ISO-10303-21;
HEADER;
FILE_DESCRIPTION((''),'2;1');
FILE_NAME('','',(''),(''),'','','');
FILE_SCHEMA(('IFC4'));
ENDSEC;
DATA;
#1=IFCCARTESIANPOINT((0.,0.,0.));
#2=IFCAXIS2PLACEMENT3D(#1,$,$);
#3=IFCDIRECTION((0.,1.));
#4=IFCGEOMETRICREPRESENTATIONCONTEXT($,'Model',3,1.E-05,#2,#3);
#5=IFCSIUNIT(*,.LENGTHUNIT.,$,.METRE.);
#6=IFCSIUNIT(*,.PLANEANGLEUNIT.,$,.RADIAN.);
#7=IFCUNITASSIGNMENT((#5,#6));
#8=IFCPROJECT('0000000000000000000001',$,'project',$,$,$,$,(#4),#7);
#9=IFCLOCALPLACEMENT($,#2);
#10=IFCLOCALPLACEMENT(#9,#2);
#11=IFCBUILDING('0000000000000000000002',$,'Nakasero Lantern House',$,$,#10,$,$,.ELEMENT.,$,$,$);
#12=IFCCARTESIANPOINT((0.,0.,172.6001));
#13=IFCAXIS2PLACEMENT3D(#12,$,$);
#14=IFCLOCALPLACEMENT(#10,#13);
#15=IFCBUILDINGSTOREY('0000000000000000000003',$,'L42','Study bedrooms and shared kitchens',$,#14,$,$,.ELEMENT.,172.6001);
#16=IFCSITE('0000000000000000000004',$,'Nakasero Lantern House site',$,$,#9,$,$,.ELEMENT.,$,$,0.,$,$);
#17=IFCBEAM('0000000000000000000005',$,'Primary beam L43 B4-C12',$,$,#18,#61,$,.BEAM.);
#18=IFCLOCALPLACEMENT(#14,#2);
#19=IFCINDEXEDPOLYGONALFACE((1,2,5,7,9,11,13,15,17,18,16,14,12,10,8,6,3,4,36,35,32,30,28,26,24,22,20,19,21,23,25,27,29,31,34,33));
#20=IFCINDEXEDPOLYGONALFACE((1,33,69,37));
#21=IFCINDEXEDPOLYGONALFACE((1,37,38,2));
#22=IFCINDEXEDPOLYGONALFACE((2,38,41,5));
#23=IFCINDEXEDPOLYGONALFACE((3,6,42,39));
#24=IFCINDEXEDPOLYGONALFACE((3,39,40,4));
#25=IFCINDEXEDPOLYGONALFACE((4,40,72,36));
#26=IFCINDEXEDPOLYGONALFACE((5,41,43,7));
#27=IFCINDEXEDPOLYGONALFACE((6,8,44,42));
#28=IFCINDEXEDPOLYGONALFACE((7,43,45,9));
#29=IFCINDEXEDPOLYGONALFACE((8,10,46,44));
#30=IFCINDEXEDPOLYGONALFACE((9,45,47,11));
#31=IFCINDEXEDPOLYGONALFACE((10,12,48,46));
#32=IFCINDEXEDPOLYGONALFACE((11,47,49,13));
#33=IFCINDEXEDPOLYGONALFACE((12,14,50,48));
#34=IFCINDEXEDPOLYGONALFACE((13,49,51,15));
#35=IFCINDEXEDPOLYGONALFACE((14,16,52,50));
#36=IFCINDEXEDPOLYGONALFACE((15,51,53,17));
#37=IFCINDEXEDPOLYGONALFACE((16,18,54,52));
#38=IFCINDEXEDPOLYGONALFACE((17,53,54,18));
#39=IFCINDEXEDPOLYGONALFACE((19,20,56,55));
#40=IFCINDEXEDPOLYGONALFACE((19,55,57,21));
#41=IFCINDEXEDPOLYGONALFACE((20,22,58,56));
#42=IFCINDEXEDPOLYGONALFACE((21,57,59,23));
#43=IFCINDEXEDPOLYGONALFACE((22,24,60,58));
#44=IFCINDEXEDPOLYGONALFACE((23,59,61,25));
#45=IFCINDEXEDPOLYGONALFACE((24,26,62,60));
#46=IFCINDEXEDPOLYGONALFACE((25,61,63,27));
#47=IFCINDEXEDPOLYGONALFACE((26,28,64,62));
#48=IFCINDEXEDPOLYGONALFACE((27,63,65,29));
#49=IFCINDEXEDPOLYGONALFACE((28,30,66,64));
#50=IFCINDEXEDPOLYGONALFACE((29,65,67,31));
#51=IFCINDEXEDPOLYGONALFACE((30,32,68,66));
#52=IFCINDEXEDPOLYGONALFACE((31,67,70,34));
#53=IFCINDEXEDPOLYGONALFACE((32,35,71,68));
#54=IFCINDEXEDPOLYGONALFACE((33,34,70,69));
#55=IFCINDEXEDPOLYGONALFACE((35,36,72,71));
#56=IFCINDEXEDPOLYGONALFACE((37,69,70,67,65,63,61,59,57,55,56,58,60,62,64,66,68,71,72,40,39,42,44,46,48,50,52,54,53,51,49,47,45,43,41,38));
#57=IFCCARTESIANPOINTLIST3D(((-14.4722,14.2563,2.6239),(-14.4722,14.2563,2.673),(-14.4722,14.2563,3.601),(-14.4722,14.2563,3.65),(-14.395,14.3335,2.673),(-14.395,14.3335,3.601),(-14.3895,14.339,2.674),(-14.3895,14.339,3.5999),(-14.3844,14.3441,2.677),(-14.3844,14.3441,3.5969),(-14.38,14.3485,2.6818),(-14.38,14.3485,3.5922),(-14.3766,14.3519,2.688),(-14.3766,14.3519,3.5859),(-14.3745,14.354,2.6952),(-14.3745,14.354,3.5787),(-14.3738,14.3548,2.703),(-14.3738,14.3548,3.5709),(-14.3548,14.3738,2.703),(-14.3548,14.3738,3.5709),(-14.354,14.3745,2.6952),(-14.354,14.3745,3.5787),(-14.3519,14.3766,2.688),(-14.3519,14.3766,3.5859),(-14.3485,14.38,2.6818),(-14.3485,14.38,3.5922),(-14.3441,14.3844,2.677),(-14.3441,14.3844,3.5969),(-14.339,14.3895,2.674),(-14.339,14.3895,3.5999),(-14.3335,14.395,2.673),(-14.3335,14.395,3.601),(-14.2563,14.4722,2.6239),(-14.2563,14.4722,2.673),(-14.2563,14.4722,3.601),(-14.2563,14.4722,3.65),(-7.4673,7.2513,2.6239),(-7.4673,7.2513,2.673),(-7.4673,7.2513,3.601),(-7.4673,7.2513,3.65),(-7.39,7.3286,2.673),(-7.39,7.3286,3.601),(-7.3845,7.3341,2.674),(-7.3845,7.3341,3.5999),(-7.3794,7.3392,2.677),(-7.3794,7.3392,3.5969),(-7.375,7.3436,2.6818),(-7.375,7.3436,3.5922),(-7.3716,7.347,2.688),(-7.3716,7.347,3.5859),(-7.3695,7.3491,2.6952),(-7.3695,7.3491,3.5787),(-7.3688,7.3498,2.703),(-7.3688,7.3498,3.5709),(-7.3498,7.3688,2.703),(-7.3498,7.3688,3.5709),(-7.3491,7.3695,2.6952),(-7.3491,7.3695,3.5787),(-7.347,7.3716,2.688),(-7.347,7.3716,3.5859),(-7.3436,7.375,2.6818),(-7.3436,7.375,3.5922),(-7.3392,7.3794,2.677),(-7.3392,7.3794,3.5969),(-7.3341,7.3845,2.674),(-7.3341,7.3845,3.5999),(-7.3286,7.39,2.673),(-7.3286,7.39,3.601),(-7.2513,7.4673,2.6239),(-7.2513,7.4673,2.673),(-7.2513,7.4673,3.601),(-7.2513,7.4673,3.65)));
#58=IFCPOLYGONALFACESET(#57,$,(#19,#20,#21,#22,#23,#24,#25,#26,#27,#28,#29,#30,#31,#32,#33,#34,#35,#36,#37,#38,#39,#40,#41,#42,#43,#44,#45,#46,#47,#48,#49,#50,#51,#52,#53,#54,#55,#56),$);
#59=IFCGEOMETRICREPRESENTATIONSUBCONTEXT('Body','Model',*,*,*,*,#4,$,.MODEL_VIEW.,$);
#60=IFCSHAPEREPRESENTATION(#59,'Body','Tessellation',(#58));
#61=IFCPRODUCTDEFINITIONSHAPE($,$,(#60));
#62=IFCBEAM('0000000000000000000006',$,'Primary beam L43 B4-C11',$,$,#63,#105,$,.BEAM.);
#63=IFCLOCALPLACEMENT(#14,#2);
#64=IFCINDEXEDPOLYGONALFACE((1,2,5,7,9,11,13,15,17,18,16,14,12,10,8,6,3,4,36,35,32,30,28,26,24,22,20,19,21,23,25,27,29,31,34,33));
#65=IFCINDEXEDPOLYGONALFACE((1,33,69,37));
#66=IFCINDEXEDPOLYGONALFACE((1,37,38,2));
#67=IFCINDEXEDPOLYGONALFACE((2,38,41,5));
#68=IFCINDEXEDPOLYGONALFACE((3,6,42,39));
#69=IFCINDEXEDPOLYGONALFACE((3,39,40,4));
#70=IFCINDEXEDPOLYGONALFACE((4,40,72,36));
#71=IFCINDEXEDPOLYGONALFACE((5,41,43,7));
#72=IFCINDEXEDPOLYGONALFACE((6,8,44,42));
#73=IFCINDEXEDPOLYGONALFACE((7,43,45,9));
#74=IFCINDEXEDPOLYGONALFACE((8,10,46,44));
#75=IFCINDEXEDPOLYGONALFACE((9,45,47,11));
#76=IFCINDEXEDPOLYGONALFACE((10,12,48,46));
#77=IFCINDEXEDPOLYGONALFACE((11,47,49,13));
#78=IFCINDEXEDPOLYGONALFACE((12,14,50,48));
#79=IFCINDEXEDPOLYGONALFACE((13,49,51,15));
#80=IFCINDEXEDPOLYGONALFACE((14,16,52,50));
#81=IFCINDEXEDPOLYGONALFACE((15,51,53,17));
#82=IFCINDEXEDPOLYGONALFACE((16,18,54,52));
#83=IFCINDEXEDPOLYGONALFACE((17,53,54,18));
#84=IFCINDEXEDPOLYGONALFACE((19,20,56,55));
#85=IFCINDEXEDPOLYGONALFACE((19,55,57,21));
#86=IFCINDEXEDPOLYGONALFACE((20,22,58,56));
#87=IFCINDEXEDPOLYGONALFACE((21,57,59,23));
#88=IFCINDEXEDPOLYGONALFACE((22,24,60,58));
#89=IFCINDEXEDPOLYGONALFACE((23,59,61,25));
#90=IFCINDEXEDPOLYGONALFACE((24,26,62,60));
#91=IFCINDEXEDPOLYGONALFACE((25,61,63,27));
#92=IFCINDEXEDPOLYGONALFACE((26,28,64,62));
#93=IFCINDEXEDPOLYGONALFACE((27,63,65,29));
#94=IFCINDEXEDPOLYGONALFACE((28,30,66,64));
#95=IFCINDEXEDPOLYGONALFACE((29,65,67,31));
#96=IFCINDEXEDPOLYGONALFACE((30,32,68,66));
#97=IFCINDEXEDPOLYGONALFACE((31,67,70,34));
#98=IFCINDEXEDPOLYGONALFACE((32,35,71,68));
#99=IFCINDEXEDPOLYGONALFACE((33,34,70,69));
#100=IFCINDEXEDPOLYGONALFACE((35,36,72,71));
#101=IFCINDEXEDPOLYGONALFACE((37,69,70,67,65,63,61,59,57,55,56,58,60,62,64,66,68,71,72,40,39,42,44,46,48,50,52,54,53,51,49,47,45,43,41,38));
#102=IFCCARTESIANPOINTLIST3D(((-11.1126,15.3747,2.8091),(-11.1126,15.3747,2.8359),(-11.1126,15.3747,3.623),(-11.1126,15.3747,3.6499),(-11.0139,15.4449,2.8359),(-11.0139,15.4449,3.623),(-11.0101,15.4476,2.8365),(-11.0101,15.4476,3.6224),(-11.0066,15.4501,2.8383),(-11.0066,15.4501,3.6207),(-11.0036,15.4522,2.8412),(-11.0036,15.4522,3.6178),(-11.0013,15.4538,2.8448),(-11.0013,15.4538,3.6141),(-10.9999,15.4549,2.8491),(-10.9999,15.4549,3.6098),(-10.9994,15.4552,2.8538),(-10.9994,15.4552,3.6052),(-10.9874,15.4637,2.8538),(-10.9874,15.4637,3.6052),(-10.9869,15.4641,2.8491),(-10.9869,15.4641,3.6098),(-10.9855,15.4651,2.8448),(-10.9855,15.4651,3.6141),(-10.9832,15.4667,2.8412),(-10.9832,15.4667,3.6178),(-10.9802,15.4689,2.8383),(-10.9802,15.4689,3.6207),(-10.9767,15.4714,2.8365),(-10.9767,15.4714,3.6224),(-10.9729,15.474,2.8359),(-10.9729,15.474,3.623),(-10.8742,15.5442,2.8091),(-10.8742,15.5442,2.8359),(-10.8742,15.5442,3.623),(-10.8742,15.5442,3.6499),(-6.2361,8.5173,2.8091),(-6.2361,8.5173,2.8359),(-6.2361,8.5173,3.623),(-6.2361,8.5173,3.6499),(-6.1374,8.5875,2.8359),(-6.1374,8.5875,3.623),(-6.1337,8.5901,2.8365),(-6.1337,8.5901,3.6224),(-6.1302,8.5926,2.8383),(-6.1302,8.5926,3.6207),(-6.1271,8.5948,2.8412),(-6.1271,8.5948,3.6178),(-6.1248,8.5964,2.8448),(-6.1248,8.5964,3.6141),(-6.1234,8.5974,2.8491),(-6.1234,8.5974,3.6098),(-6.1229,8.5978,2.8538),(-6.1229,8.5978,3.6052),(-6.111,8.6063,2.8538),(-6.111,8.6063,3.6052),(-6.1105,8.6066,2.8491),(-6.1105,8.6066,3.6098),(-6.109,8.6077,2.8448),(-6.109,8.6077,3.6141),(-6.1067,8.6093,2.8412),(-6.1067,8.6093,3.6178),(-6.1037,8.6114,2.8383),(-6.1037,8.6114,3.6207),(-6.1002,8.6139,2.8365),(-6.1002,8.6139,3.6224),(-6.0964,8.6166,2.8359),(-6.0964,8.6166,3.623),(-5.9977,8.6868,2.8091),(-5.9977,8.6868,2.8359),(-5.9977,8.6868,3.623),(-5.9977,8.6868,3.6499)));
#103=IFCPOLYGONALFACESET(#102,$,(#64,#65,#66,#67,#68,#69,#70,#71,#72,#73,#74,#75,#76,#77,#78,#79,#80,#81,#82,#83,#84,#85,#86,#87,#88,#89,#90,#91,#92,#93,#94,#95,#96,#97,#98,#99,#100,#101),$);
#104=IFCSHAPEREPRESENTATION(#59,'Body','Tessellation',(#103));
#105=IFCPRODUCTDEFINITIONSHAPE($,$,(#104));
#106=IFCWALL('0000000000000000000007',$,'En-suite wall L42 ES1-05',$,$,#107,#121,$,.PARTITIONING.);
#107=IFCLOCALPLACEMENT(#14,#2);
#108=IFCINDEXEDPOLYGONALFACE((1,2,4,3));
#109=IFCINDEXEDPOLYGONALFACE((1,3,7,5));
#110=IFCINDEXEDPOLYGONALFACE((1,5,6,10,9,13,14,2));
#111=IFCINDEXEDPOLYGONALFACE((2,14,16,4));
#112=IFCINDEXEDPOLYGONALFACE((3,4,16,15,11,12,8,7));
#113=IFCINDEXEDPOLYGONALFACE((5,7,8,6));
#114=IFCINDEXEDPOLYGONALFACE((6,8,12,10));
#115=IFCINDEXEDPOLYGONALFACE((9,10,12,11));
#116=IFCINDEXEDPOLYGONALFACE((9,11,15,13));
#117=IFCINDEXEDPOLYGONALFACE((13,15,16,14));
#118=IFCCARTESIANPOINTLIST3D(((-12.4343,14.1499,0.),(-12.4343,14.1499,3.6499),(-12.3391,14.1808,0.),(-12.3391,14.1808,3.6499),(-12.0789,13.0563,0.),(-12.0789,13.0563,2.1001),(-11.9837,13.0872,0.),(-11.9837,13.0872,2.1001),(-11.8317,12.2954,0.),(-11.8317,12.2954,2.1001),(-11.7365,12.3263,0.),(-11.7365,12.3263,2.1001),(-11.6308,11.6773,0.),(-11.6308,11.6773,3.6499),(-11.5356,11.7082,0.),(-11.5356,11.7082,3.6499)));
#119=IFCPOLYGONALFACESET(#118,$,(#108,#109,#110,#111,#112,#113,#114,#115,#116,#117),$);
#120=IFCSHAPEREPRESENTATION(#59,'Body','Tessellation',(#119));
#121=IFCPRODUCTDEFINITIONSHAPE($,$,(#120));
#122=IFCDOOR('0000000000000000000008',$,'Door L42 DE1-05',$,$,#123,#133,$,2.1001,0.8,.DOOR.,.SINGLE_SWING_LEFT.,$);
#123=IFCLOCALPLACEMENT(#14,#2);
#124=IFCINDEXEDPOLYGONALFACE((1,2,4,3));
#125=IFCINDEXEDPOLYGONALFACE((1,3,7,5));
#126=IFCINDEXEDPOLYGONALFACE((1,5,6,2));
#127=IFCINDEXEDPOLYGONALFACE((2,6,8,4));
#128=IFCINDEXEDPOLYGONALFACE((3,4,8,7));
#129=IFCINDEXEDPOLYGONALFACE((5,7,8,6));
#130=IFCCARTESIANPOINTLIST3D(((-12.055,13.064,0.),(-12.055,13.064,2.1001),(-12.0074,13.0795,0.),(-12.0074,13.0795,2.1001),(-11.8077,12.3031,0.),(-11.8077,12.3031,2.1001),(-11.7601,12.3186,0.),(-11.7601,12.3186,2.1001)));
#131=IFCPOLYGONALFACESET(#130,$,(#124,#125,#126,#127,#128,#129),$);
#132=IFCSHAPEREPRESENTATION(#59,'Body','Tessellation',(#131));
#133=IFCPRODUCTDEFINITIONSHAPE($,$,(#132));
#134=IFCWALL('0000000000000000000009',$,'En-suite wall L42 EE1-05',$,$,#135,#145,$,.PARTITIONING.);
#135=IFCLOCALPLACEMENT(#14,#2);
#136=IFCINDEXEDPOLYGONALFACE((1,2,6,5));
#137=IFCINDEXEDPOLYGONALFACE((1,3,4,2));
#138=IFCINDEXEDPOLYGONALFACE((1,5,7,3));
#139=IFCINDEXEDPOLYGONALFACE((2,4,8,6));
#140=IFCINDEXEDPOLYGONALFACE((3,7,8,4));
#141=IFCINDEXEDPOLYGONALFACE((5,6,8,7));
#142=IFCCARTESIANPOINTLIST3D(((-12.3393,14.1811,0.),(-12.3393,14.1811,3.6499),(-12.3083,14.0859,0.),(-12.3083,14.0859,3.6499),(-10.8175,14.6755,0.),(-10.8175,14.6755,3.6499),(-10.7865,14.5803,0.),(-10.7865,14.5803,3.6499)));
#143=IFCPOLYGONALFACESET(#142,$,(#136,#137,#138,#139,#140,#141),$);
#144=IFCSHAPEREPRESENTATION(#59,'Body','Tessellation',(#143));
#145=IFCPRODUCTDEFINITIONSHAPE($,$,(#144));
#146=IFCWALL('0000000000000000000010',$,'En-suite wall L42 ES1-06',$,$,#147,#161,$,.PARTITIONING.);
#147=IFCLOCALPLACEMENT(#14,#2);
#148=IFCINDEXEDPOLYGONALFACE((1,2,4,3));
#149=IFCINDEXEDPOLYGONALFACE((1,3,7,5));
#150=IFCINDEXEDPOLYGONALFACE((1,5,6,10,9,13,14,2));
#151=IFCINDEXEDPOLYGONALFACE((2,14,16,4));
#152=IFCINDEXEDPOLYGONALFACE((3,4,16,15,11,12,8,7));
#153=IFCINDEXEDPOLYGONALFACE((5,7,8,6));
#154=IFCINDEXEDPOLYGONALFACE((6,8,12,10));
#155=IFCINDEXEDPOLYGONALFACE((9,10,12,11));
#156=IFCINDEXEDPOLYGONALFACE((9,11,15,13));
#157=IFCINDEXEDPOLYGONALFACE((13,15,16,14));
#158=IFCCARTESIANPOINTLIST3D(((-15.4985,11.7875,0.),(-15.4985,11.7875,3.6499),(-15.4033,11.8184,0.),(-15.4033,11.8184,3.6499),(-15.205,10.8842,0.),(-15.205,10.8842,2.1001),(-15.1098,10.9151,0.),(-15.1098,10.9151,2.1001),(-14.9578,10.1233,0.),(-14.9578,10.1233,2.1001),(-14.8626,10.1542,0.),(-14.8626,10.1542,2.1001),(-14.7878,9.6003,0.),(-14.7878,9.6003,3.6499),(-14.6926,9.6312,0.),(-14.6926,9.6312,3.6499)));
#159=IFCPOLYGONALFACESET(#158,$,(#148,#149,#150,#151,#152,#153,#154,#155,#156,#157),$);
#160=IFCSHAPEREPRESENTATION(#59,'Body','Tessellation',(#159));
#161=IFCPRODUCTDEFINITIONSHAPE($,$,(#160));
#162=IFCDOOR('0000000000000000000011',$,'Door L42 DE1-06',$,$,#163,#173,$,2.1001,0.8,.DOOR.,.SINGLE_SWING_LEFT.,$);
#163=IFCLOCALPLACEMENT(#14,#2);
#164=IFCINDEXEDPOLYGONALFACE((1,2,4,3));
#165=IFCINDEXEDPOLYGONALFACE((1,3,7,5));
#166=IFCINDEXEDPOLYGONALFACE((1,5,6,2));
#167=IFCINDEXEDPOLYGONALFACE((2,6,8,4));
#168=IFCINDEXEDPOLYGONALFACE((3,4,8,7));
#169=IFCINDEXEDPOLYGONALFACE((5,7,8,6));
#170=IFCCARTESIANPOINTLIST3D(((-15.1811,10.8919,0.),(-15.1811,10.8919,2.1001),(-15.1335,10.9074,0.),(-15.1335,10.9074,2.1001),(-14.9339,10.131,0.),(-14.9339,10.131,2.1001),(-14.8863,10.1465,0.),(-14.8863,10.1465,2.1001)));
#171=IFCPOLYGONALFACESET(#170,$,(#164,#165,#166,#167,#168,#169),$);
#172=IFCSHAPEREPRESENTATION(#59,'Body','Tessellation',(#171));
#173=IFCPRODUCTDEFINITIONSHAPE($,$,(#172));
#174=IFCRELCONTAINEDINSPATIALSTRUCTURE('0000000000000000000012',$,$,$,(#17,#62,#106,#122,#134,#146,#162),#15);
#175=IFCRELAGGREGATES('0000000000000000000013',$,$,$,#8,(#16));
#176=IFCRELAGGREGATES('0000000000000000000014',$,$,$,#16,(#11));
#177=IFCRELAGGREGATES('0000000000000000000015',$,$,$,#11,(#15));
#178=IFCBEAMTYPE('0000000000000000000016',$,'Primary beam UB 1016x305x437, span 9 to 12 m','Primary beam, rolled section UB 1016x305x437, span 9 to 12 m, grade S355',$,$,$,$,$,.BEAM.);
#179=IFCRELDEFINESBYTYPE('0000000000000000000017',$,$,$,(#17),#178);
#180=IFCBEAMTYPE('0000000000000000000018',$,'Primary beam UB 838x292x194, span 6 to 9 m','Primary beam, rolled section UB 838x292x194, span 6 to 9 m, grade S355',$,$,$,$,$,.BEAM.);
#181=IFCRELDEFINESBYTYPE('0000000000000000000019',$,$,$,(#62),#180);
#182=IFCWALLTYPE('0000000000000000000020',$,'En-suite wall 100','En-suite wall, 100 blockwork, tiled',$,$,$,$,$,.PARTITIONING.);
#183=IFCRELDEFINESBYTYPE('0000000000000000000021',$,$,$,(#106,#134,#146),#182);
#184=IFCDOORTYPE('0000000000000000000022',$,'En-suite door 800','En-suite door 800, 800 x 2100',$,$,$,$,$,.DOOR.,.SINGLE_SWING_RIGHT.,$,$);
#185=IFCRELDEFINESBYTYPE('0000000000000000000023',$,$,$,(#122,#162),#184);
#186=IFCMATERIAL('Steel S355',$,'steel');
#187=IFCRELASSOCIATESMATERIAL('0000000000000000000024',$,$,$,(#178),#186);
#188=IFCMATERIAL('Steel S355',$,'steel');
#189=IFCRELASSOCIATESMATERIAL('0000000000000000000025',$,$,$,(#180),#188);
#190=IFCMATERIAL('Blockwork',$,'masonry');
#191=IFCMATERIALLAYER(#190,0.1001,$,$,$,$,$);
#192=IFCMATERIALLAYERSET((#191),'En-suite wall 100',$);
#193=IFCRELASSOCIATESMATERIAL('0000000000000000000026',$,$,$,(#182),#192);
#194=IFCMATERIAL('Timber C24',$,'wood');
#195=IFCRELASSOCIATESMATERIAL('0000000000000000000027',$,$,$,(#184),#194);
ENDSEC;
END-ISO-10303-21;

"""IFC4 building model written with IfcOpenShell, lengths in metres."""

from ifc_helpers import new_model, si_unit, direction, frame, frame_2d, origin, origin_2d, place, context, subcontext, project, spatial, rectangle, i_section, extrude, material, layer, layer_set, material_profile, profile_set, type_object, element, fill, save


model = new_model("IFC4")

# Units and contexts
model_context = context("Model", 3, precision=1e-05, world=origin(), true_north=direction((0.0, 1.0)))
body_context = subcontext(model_context, "Body", "Model", "MODEL_VIEW")
ifc_project = project(units=[si_unit("LENGTHUNIT", "METRE"), si_unit("PLANEANGLEUNIT", "RADIAN")], contexts=[model_context])

# Site, building, storey
site_placement = place(None, origin())
site = spatial("IfcSite", under=ifc_project, at=site_placement, Name="Nakasero Lantern House site", CompositionType="ELEMENT", RefElevation=0.0)
building_placement = place(site_placement, origin())
building = spatial("IfcBuilding", under=site, at=building_placement, Name="Nakasero Lantern House", CompositionType="ELEMENT")
storey_placement = place(building_placement, frame((0.0, 0.0, 172.6001)))
storey = spatial("IfcBuildingStorey", under=building, at=storey_placement, Name="L42", Description="Study bedrooms and shared kitchens", CompositionType="ELEMENT", Elevation=172.6001)

# Beams
ifc_material_1 = material(Name="Steel S355", Category="steel")
ifc_material_profile_1 = material_profile(ifc_material_1, i_section(OverallWidth=0.3054, OverallDepth=1.0261, WebThickness=0.0269, FlangeThickness=0.0491, FilletRadius=0.03, at=origin_2d()), Name="UB 1016x305x437")
ifc_profile_set_1 = profile_set([ifc_material_profile_1], Name="Steel S355")
beam_type_1 = type_object("IfcBeamType", Name="Primary beam UB 1016x305x437, span 9 to 12 m", Description="Primary beam, rolled section UB 1016x305x437, span 9 to 12 m, grade S355", PredefinedType="BEAM", material=ifc_profile_set_1)
beam_1_placement = place(storey_placement, frame((-14.3643, 14.3643, 3.137), z_axis=(0.707107, -0.707107, 0.0), x_axis=(0.707107, 0.707107, 0.0)))
element("IfcBeam", 1, at=beam_1_placement, inside=storey, type_object=beam_type_1, Name="Primary beam L43 B4-C12", PredefinedType="BEAM", context=body_context, shape_type="SweptSolid", body=[
    extrude(i_section(OverallWidth=0.3054, OverallDepth=1.0261, WebThickness=0.0269, FlangeThickness=0.0491, FilletRadius=0.03, at=origin_2d()), origin(), (0.0, 0.0, 1.0), 9.9065),
])
ifc_material_2 = material(Name="Steel S355", Category="steel")
ifc_material_profile_2 = material_profile(ifc_material_2, i_section(OverallWidth=0.2925, OverallDepth=0.8408, WebThickness=0.0146, FlangeThickness=0.0269, FilletRadius=0.0178, at=origin_2d()), Name="UB 838x292x194")
ifc_profile_set_2 = profile_set([ifc_material_profile_2], Name="Steel S355")
beam_type_2 = type_object("IfcBeamType", Name="Primary beam UB 838x292x194, span 6 to 9 m", Description="Primary beam, rolled section UB 838x292x194, span 6 to 9 m, grade S355", PredefinedType="BEAM", material=ifc_profile_set_2)
beam_2_placement = place(storey_placement, frame((-10.9934, 15.4595, 3.2295), z_axis=(0.57953, -0.814951, 0.0), x_axis=(0.814951, 0.57953, 0.0)))
element("IfcBeam", 2, at=beam_2_placement, inside=storey, type_object=beam_type_2, Name="Primary beam L43 B4-C11", PredefinedType="BEAM", context=body_context, shape_type="SweptSolid", body=[
    extrude(i_section(OverallWidth=0.2925, OverallDepth=0.8408, WebThickness=0.0146, FlangeThickness=0.0269, FilletRadius=0.0178, at=origin_2d()), origin(), (0.0, 0.0, 1.0), 8.4146),
])

# Wall, opening, door
ifc_material_3 = material(Name="Blockwork", Category="masonry")
ifc_layer_1 = layer(ifc_material_3, 0.1001)
ifc_layer_set_1 = layer_set([ifc_layer_1], Name="En-suite wall 100")
wall_type_1 = type_object("IfcWallType", Name="En-suite wall 100", Description="En-suite wall, 100 blockwork, tiled", PredefinedType="PARTITIONING", material=ifc_layer_set_1)
wall_1_placement = place(storey_placement, frame((-11.5833, 11.6929, 0.0), z_axis=(0.0, 0.0, 1.0), x_axis=(-0.309035, 0.951051, 0.0)))
wall_1 = element("IfcWall", 3, at=wall_1_placement, inside=storey, type_object=wall_type_1, Name="En-suite wall L42 ES1-05", PredefinedType="PARTITIONING", context=body_context, shape_type="SweptSolid", body=[
    extrude(rectangle(XDim=2.5999, YDim=0.1001, at=frame_2d((1.2998, 0.0))), origin(), (0.0, 0.0, 1.0), 3.6499),
])
opening_1_placement = place(wall_1_placement, frame((0.6499, 0.0, 0.0)))
opening_1 = element("IfcOpeningElement", 4, at=opening_1_placement, cuts=wall_1, PredefinedType="OPENING", context=body_context, shape_type="SweptSolid", body=[
    extrude(rectangle(XDim=0.8, YDim=2.1001, at=frame_2d((0.3999, 1.05))), frame((0.0, 0.0701, 0.0), z_axis=(0.0, -1.0, 0.0), x_axis=(1.0, 0.0, 0.0)), (0.0, 0.0, 1.0), 0.1401),
])
ifc_material_4 = material(Name="Timber C24", Category="wood")
door_type_1 = type_object("IfcDoorType", Name="En-suite door 800", Description="En-suite door 800, 800 x 2100", OperationType="SINGLE_SWING_RIGHT", PredefinedType="DOOR", material=ifc_material_4)
door_1_placement = place(opening_1_placement, origin())
door_1 = element("IfcDoor", 5, at=door_1_placement, inside=storey, type_object=door_type_1, Name="Door L42 DE1-05", OperationType="SINGLE_SWING_LEFT", OverallHeight=2.1001, OverallWidth=0.8, PredefinedType="DOOR", context=body_context, shape_type="SweptSolid", body=[
    extrude(rectangle(XDim=0.8, YDim=2.1001, at=frame_2d((0.3999, 1.05))), frame((0.0, 0.0249, 0.0), z_axis=(0.0, -1.0, 0.0), x_axis=(1.0, 0.0, 0.0)), (0.0, 0.0, 1.0), 0.05),
])
fill(opening_1, door_1)

# Wall
wall_2_placement = place(storey_placement, frame((-10.802, 14.6279, 0.0), z_axis=(0.0, 0.0, 1.0), x_axis=(-0.951067, -0.308986, 0.0)))
element("IfcWall", 6, at=wall_2_placement, inside=storey, type_object=wall_type_1, Name="En-suite wall L42 EE1-05", PredefinedType="PARTITIONING", context=body_context, shape_type="SweptSolid", body=[
    extrude(rectangle(XDim=1.6001, YDim=0.1001, at=frame_2d((0.8, 0.0))), origin(), (0.0, 0.0, 1.0), 3.6499),
])

# Wall, opening, door
wall_3_placement = place(storey_placement, frame((-14.7402, 9.6157, 0.0), z_axis=(0.0, 0.0, 1.0), x_axis=(-0.309021, 0.951055, 0.0)))
wall_3 = element("IfcWall", 7, at=wall_3_placement, inside=storey, type_object=wall_type_1, Name="En-suite wall L42 ES1-06", PredefinedType="PARTITIONING", context=body_context, shape_type="SweptSolid", body=[
    extrude(rectangle(XDim=2.2998, YDim=0.1001, at=frame_2d((1.1499, 0.0))), origin(), (0.0, 0.0, 1.0), 3.6499),
])
opening_2_placement = place(wall_3_placement, frame((0.55, 0.0, 0.0)))
opening_2 = element("IfcOpeningElement", 8, at=opening_2_placement, cuts=wall_3, PredefinedType="OPENING", context=body_context, shape_type="SweptSolid", body=[
    extrude(rectangle(XDim=0.8, YDim=2.1001, at=frame_2d((0.3999, 1.05))), frame((0.0, 0.0701, 0.0), z_axis=(0.0, -1.0, 0.0), x_axis=(1.0, 0.0, 0.0)), (0.0, 0.0, 1.0), 0.1401),
])
door_2_placement = place(opening_2_placement, origin())
door_2 = element("IfcDoor", 9, at=door_2_placement, inside=storey, type_object=door_type_1, Name="Door L42 DE1-06", OperationType="SINGLE_SWING_LEFT", OverallHeight=2.1001, OverallWidth=0.8, PredefinedType="DOOR", context=body_context, shape_type="SweptSolid", body=[
    extrude(rectangle(XDim=0.8, YDim=2.1001, at=frame_2d((0.3999, 1.05))), frame((0.0, 0.0249, 0.0), z_axis=(0.0, -1.0, 0.0), x_axis=(1.0, 0.0, 0.0)), (0.0, 0.0, 1.0), 0.05),
])
fill(opening_2, door_2)

save(model, "model.ifc")
